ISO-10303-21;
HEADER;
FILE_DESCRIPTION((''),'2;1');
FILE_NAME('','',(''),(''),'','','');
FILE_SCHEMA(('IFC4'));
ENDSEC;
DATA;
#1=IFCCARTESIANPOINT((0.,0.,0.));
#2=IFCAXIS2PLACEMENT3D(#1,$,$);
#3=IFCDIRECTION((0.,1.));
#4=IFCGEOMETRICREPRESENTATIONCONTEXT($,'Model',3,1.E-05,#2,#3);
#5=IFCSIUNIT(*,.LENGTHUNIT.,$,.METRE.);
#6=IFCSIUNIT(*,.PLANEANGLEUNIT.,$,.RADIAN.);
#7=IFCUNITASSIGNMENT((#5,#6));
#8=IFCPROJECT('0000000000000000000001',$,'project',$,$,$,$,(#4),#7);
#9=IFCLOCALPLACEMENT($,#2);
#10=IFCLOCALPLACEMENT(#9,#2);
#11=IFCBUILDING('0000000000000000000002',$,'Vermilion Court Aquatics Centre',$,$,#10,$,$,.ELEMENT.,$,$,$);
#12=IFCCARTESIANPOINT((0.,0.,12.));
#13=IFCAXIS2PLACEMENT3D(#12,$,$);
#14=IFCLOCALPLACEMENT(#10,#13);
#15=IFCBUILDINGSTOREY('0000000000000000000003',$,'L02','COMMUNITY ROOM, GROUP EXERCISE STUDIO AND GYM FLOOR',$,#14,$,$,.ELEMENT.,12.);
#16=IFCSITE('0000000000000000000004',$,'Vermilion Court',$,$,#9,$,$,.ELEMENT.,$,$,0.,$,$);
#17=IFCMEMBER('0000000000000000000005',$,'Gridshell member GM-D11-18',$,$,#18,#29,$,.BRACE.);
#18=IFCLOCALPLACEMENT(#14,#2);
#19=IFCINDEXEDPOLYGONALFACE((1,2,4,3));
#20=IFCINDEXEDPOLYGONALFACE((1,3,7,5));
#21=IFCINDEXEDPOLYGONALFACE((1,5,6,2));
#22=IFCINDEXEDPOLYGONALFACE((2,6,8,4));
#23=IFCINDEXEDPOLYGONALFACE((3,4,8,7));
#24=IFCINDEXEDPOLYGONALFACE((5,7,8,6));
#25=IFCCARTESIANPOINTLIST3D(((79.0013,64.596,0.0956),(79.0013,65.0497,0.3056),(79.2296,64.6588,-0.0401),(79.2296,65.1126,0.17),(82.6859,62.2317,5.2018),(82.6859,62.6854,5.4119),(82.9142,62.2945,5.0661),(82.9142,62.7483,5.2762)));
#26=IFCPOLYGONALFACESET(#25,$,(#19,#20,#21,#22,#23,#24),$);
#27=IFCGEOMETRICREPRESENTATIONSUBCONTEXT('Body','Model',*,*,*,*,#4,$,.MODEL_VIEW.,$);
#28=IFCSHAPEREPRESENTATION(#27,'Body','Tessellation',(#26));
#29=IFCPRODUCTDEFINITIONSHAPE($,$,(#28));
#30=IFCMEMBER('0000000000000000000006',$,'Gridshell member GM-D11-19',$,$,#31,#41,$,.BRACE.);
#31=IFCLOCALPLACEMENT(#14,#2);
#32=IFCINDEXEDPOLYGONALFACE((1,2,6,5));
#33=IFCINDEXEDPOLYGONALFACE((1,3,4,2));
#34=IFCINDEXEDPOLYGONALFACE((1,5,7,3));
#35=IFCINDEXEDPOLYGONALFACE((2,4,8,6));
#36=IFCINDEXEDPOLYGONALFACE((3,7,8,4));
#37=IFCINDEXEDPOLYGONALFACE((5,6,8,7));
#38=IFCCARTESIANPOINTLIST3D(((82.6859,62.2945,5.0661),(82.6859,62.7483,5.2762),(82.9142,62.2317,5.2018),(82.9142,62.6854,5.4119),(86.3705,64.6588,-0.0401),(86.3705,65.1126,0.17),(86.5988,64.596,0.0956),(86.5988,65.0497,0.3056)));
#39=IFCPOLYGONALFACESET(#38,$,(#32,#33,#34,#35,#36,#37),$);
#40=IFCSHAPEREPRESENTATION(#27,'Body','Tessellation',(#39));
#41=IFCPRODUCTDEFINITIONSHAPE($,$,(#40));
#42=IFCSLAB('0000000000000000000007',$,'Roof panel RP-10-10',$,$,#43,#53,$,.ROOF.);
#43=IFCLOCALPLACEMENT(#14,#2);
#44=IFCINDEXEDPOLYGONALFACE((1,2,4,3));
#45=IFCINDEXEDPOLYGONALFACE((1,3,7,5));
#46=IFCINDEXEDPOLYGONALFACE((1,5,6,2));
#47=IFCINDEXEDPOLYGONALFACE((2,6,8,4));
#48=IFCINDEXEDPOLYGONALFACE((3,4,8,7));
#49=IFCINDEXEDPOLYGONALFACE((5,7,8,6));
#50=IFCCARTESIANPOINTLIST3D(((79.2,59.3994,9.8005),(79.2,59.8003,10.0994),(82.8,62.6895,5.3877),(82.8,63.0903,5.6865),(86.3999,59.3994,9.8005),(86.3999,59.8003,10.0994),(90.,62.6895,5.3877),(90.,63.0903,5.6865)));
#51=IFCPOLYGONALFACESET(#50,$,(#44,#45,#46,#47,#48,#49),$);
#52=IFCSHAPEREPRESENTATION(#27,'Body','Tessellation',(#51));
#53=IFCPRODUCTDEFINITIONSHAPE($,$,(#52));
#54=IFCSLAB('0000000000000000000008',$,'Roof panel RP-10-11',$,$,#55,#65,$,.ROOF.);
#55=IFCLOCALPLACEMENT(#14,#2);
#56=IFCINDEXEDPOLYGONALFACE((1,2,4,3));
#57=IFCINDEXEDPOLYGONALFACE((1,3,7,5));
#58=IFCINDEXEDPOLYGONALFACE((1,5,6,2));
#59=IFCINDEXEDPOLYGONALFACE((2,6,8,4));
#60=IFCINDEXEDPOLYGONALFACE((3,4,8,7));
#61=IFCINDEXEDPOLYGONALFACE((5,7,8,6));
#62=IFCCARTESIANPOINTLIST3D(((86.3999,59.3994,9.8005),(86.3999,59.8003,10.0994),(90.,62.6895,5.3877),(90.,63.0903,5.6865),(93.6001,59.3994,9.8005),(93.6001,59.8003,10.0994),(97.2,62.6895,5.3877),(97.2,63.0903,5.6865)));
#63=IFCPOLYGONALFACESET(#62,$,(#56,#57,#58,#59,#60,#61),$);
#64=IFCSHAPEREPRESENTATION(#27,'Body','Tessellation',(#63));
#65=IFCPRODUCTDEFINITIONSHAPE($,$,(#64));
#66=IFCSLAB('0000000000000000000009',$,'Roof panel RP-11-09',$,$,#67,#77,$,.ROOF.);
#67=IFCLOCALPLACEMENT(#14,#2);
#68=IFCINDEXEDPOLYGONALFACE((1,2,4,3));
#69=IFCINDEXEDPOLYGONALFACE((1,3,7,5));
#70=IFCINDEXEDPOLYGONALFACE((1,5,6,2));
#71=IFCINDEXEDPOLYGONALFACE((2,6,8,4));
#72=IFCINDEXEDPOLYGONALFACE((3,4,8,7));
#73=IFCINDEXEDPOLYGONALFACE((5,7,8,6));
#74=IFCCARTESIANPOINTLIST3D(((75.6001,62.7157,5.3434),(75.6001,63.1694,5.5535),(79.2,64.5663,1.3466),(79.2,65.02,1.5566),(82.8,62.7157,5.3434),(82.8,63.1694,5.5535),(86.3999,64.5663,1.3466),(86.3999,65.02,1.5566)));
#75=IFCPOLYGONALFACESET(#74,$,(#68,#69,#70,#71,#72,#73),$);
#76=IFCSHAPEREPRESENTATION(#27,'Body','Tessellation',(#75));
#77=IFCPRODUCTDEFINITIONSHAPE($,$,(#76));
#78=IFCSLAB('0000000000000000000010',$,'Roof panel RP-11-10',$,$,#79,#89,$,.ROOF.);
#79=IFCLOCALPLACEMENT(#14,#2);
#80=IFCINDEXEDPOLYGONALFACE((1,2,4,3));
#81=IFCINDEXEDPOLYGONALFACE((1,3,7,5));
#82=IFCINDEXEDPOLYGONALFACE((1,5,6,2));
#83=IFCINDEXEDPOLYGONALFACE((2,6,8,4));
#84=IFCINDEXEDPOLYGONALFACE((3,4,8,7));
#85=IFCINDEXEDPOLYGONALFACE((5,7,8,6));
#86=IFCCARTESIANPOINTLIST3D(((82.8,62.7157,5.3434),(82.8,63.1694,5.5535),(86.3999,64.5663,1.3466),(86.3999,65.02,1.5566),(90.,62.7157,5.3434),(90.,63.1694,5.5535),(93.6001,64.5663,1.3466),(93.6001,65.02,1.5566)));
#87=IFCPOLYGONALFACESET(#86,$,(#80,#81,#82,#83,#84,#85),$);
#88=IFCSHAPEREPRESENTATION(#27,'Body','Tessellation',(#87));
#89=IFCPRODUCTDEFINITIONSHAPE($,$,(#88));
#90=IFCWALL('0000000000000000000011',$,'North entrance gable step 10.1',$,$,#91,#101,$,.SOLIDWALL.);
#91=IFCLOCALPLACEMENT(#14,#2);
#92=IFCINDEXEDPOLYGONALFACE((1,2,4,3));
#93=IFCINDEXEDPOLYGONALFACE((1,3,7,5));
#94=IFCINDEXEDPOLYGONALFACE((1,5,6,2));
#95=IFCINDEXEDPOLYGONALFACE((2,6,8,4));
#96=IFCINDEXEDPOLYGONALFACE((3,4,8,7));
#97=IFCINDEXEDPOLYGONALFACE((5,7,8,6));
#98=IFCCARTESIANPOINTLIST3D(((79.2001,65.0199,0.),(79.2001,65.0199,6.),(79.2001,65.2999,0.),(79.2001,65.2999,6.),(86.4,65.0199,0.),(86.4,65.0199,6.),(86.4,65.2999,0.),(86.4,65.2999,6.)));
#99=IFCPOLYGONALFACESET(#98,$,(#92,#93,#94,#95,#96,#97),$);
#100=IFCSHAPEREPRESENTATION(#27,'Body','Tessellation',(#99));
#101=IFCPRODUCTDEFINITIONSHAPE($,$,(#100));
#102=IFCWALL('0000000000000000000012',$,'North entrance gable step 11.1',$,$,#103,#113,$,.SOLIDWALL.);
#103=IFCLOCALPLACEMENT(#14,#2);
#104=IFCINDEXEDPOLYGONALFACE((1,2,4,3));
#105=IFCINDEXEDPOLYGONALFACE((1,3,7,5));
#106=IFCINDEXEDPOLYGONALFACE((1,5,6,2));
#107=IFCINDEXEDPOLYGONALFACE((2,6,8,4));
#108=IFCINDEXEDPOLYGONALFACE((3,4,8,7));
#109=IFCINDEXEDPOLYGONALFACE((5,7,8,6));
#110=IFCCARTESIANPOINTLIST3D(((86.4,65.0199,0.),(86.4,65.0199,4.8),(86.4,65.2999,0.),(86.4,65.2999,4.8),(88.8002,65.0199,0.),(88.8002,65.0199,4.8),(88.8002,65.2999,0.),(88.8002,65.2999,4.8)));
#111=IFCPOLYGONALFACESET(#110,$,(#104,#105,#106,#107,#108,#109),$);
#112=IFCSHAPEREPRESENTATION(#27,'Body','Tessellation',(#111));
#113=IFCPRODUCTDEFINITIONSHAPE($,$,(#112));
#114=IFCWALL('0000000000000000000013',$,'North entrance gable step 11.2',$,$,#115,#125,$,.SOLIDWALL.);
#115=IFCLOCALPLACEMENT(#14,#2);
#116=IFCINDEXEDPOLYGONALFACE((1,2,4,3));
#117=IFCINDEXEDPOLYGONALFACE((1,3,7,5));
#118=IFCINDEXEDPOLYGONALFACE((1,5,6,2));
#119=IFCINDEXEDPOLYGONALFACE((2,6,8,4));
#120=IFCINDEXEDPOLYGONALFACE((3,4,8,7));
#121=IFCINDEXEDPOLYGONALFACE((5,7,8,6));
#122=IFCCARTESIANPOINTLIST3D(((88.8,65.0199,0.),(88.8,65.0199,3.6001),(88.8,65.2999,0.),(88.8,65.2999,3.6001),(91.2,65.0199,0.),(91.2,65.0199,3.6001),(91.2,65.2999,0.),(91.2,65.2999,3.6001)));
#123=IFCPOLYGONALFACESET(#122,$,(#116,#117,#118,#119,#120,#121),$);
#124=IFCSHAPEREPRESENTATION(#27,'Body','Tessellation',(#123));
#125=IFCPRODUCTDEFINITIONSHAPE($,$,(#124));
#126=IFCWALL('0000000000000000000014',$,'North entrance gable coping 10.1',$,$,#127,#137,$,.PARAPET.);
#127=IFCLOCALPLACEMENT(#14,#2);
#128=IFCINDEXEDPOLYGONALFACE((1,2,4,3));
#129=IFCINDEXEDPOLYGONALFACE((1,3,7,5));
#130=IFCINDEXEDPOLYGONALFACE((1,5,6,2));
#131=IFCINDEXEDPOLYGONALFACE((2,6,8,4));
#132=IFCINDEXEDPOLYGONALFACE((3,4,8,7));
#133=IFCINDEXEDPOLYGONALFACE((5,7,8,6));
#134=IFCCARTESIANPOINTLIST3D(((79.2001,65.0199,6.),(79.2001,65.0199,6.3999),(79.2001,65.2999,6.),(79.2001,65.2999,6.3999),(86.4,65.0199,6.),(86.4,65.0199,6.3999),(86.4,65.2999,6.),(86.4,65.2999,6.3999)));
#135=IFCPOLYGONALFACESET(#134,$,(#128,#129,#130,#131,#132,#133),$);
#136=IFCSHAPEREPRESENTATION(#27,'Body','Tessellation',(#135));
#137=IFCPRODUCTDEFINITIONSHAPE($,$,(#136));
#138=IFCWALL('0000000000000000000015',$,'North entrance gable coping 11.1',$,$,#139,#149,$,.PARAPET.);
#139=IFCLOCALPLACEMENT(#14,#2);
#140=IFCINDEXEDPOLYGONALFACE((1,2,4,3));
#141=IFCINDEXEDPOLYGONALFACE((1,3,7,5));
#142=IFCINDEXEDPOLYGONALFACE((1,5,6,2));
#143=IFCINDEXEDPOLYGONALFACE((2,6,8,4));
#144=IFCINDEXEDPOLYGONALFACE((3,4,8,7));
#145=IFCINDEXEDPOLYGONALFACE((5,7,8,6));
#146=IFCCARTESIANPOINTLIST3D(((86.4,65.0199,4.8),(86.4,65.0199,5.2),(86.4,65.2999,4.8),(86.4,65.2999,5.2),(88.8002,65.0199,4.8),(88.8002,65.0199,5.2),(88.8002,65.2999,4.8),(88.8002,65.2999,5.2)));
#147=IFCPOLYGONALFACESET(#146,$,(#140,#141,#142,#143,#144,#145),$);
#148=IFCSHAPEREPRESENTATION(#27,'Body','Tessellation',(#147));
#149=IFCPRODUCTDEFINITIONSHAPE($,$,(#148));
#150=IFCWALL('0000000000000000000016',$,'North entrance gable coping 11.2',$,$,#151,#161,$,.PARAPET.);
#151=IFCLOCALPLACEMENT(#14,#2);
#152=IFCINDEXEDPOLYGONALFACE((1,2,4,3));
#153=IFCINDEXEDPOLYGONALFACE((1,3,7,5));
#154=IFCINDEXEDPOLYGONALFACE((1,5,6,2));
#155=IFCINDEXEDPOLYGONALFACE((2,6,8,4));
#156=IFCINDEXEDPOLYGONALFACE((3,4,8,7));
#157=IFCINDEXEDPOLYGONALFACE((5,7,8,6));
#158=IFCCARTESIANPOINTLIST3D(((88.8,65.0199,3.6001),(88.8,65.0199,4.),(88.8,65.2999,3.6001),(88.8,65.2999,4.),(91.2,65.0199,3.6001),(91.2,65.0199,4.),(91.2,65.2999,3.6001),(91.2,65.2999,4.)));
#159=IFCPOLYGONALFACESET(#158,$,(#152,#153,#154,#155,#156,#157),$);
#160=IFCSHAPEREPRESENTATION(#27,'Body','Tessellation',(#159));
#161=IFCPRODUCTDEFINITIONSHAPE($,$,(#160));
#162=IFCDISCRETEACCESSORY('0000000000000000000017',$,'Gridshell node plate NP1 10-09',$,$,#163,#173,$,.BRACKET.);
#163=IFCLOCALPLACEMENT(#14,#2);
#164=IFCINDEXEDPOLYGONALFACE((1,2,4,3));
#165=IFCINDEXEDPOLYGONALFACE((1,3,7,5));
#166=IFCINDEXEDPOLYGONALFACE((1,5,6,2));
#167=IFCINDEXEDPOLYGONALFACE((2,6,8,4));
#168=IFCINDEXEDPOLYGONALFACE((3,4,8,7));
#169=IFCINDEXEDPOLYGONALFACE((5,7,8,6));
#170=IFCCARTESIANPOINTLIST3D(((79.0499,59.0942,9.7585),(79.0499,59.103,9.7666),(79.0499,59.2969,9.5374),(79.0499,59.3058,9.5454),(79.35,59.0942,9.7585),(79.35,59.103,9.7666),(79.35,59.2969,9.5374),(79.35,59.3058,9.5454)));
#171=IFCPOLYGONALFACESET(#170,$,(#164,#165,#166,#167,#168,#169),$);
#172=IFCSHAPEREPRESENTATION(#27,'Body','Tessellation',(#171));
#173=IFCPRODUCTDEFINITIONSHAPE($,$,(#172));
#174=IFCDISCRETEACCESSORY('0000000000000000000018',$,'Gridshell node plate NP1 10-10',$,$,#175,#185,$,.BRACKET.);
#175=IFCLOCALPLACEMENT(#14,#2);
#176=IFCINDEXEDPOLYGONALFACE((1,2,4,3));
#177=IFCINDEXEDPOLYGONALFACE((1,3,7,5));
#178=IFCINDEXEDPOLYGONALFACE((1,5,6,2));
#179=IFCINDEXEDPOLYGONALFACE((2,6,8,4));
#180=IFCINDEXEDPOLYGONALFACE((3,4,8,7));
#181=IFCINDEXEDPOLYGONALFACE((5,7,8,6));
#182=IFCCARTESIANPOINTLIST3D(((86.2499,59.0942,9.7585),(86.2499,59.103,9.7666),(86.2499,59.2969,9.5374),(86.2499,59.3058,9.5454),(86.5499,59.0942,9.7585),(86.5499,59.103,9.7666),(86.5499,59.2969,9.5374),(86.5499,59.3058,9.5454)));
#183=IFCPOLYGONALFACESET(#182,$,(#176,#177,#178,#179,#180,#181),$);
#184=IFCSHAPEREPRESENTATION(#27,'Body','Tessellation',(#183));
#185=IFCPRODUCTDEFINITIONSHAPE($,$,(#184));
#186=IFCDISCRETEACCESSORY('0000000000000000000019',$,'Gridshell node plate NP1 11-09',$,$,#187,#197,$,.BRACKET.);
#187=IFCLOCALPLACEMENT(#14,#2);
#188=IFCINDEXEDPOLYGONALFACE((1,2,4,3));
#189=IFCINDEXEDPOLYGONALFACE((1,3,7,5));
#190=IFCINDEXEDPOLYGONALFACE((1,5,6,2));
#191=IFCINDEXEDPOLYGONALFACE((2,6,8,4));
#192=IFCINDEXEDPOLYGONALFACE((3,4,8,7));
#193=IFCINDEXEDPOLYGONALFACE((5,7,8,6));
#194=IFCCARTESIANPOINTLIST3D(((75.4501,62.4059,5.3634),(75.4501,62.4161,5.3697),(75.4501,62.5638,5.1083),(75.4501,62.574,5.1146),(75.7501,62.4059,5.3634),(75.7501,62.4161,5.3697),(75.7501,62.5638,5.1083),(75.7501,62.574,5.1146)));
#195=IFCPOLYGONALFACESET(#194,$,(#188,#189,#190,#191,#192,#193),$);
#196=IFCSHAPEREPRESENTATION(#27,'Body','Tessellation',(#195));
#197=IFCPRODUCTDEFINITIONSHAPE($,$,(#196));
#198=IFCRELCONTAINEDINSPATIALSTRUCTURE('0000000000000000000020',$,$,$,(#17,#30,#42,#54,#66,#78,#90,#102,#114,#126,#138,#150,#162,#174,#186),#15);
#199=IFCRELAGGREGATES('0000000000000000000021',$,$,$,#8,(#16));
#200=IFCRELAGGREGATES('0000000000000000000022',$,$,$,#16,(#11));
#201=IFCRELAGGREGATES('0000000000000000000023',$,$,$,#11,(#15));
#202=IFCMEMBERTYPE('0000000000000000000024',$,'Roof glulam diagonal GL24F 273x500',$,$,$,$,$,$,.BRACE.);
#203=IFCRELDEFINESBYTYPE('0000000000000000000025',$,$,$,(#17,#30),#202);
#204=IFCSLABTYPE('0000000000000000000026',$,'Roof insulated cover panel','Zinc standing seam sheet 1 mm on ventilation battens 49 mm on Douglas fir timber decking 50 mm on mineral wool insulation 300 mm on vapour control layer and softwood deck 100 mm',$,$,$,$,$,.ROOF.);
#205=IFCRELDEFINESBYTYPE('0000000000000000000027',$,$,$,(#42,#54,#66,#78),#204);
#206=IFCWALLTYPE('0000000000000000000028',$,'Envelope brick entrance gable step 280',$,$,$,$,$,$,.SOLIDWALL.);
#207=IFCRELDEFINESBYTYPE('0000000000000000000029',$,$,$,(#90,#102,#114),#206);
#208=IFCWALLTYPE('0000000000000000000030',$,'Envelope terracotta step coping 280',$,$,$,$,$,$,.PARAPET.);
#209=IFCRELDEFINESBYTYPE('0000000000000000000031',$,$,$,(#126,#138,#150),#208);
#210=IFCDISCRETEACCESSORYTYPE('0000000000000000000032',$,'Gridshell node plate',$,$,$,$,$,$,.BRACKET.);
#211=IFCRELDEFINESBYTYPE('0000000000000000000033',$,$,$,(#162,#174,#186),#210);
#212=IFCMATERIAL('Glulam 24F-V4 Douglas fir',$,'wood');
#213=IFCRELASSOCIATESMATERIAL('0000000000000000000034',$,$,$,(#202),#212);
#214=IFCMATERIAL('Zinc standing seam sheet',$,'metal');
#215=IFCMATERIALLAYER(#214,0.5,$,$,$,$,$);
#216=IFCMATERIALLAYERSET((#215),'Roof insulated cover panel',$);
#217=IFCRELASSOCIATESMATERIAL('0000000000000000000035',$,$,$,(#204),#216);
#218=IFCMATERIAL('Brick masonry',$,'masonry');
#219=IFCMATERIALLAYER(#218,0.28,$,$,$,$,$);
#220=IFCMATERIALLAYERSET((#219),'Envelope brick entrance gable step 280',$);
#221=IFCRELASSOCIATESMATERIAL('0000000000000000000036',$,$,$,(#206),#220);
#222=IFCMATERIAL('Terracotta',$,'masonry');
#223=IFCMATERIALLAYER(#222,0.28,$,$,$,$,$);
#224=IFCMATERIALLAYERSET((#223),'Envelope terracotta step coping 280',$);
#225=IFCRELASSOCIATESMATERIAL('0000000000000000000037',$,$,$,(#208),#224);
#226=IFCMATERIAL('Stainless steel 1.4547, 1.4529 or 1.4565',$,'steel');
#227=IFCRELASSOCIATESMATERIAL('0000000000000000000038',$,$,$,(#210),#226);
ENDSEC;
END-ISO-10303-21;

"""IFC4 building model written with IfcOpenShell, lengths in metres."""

from ifc_helpers import new_model, si_unit, direction, frame, frame_2d, origin, origin_2d, place, context, subcontext, project, spatial, polyline, rectangle, outline, extrude, material, layer, layer_set, material_profile, profile_set, type_object, element, save


model = new_model("IFC4")

# Units and contexts
model_context = context("Model", 3, precision=1e-05, world=origin(), true_north=direction((0.0, 1.0)))
body_context = subcontext(model_context, "Body", "Model", "MODEL_VIEW")
ifc_project = project(units=[si_unit("LENGTHUNIT", "METRE"), si_unit("PLANEANGLEUNIT", "RADIAN")], contexts=[model_context])

# Site, building, storey
site_placement = place(None, origin())
site = spatial("IfcSite", under=ifc_project, at=site_placement, Name="Vermilion Court", CompositionType="ELEMENT", RefElevation=0.0)
building_placement = place(site_placement, origin())
building = spatial("IfcBuilding", under=site, at=building_placement, Name="Vermilion Court Aquatics Centre", CompositionType="ELEMENT")
storey_placement = place(building_placement, frame((0.0, 0.0, 12.0)))
storey = spatial("IfcBuildingStorey", under=building, at=storey_placement, Name="L02", Description="COMMUNITY ROOM, GROUP EXERCISE STUDIO AND GYM FLOOR", CompositionType="ELEMENT", Elevation=12.0)

# Members
ifc_material_1 = material(Name="Glulam 24F-V4 Douglas fir", Category="wood")
ifc_material_profile_1 = material_profile(ifc_material_1, rectangle(XDim=0.2729, YDim=0.5, at=origin_2d()), Name="GL24F 273x500")
ifc_profile_set_1 = profile_set([ifc_material_profile_1], Name="Glulam 24F-V4 Douglas fir")
member_type_1 = type_object("IfcMemberType", Name="Roof glulam diagonal GL24F 273x500", PredefinedType="BRACE", material=ifc_profile_set_1)
for number, where, z_axis, x_axis, name in (
    (1, (82.8, 62.49, 5.239), (-0.54781, 0.35151, -0.759174), (-0.836603, -0.230193, 0.497099), "Gridshell member GM-D11-18"),
    (2, (82.8, 62.49, 5.239), (0.54781, 0.35151, -0.759174), (-0.836603, 0.230193, -0.497099), "Gridshell member GM-D11-19"),
):
    element("IfcMember", number, at=place(storey_placement, frame(where, z_axis=z_axis, x_axis=x_axis)), inside=storey, type_object=member_type_1, Name=name, PredefinedType="BRACE", context=body_context, shape_type="SweptSolid", body=[
        extrude(rectangle(XDim=0.2729, YDim=0.5, at=origin_2d()), origin(), (0.0, 0.0, 1.0), 6.7261),
    ])

# Slabs
ifc_material_2 = material(Name="Zinc standing seam sheet", Category="metal")
ifc_layer_1 = layer(ifc_material_2, 0.5)
ifc_layer_set_1 = layer_set([ifc_layer_1], Name="Roof insulated cover panel")
slab_type = type_object("IfcSlabType", Name="Roof insulated cover panel", Description="Zinc standing seam sheet 1 mm on ventilation battens 49 mm on Douglas fir timber decking 50 mm on mineral wool insulation 300 mm on vapour control layer and softwood deck 100 mm", PredefinedType="ROOF", material=ifc_layer_set_1)
slab_1_placement = place(storey_placement, frame((79.2, 59.8003, 10.0994), z_axis=(0.0, 0.801705, 0.59772), x_axis=(1.0, 0.0, 0.0)))
element("IfcSlab", 3, at=slab_1_placement, inside=storey, type_object=slab_type, Name="Roof panel RP-10-10", PredefinedType="ROOF", context=body_context, shape_type="SweptSolid", body=[
    extrude(outline(polyline([(0.0, 0.0), (7.2, 0.0), (10.8, 5.5043), (3.6001, 5.5043), (0.0, 0.0)])), origin(), (0.0, 0.0, -1.0), 0.5),
])
slab_2_placement = place(storey_placement, frame((86.3999, 59.8003, 10.0994), z_axis=(0.0, 0.801705, 0.59772), x_axis=(1.0, 0.0, 0.0)))
element("IfcSlab", 4, at=slab_2_placement, inside=storey, type_object=slab_type, Name="Roof panel RP-10-11", PredefinedType="ROOF", context=body_context, shape_type="SweptSolid", body=[
    extrude(outline(polyline([(0.0, 0.0), (7.2002, 0.0), (10.8, 5.5043), (3.6001, 5.5043), (0.0, 0.0)])), origin(), (0.0, 0.0, -1.0), 0.5),
])
slab_3_placement = place(storey_placement, frame((75.6001, 63.1694, 5.5535), z_axis=(0.0, 0.907449, 0.420162), x_axis=(1.0, 0.0, 0.0)))
element("IfcSlab", 5, at=slab_3_placement, inside=storey, type_object=slab_type, Name="Roof panel RP-11-09", PredefinedType="ROOF", context=body_context, shape_type="SweptSolid", body=[
    extrude(outline(polyline([(0.0, 0.0), (7.2, 0.0), (10.7998, 4.4045), (3.5999, 4.4045), (0.0, 0.0)])), origin(), (0.0, 0.0, -1.0), 0.5),
])
slab_4_placement = place(storey_placement, frame((82.8, 63.1694, 5.5535), z_axis=(0.0, 0.907449, 0.420162), x_axis=(1.0, 0.0, 0.0)))
element("IfcSlab", 6, at=slab_4_placement, inside=storey, type_object=slab_type, Name="Roof panel RP-11-10", PredefinedType="ROOF", context=body_context, shape_type="SweptSolid", body=[
    extrude(outline(polyline([(0.0, 0.0), (7.2, 0.0), (10.8, 4.4045), (3.5999, 4.4045), (0.0, 0.0)])), origin(), (0.0, 0.0, -1.0), 0.5),
])

# Walls
ifc_material_3 = material(Name="Brick masonry", Category="masonry")
ifc_layer_2 = layer(ifc_material_3, 0.28)
ifc_layer_set_2 = layer_set([ifc_layer_2], Name="Envelope brick entrance gable step 280")
wall_type_1 = type_object("IfcWallType", Name="Envelope brick entrance gable step 280", PredefinedType="SOLIDWALL", material=ifc_layer_set_2)
wall_1_placement = place(storey_placement, frame((79.2, 65.1599, 0.0), z_axis=(0.0, 0.0, 1.0), x_axis=(1.0, 0.0, 0.0)))
element("IfcWall", 7, at=wall_1_placement, inside=storey, type_object=wall_type_1, Name="North entrance gable step 10.1", PredefinedType="SOLIDWALL", context=body_context, shape_type="SweptSolid", body=[
    extrude(rectangle(XDim=7.2, YDim=0.28, at=frame_2d((3.6001, 0.0))), origin(), (0.0, 0.0, 1.0), 6.0),
])
wall_2_placement = place(storey_placement, frame((86.3999, 65.1599, 0.0), z_axis=(0.0, 0.0, 1.0), x_axis=(1.0, 0.0, 0.0)))
element("IfcWall", 8, at=wall_2_placement, inside=storey, type_object=wall_type_1, Name="North entrance gable step 11.1", PredefinedType="SOLIDWALL", context=body_context, shape_type="SweptSolid", body=[
    extrude(rectangle(XDim=2.4001, YDim=0.28, at=frame_2d((1.2002, 0.0))), origin(), (0.0, 0.0, 1.0), 4.8),
])
wall_3_placement = place(storey_placement, frame((88.8, 65.1599, 0.0), z_axis=(0.0, 0.0, 1.0), x_axis=(1.0, 0.0, 0.0)))
element("IfcWall", 9, at=wall_3_placement, inside=storey, type_object=wall_type_1, Name="North entrance gable step 11.2", PredefinedType="SOLIDWALL", context=body_context, shape_type="SweptSolid", body=[
    extrude(rectangle(XDim=2.3999, YDim=0.28, at=frame_2d((1.2, 0.0))), origin(), (0.0, 0.0, 1.0), 3.6001),
])
ifc_material_4 = material(Name="Terracotta", Category="masonry")
ifc_layer_3 = layer(ifc_material_4, 0.28)
ifc_layer_set_3 = layer_set([ifc_layer_3], Name="Envelope terracotta step coping 280")
wall_type_2 = type_object("IfcWallType", Name="Envelope terracotta step coping 280", PredefinedType="PARAPET", material=ifc_layer_set_3)
wall_4_placement = place(storey_placement, frame((79.2, 65.1599, 6.0), z_axis=(0.0, 0.0, 1.0), x_axis=(1.0, 0.0, 0.0)))
element("IfcWall", 10, at=wall_4_placement, inside=storey, type_object=wall_type_2, Name="North entrance gable coping 10.1", PredefinedType="PARAPET", context=body_context, shape_type="SweptSolid", body=[
    extrude(rectangle(XDim=7.2, YDim=0.28, at=frame_2d((3.6001, 0.0))), origin(), (0.0, 0.0, 1.0), 0.3999),
])
wall_5_placement = place(storey_placement, frame((86.3999, 65.1599, 4.8), z_axis=(0.0, 0.0, 1.0), x_axis=(1.0, 0.0, 0.0)))
element("IfcWall", 11, at=wall_5_placement, inside=storey, type_object=wall_type_2, Name="North entrance gable coping 11.1", PredefinedType="PARAPET", context=body_context, shape_type="SweptSolid", body=[
    extrude(rectangle(XDim=2.4001, YDim=0.28, at=frame_2d((1.2002, 0.0))), origin(), (0.0, 0.0, 1.0), 0.3999),
])
wall_6_placement = place(storey_placement, frame((88.8, 65.1599, 3.6001), z_axis=(0.0, 0.0, 1.0), x_axis=(1.0, 0.0, 0.0)))
element("IfcWall", 12, at=wall_6_placement, inside=storey, type_object=wall_type_2, Name="North entrance gable coping 11.2", PredefinedType="PARAPET", context=body_context, shape_type="SweptSolid", body=[
    extrude(rectangle(XDim=2.3999, YDim=0.28, at=frame_2d((1.2, 0.0))), origin(), (0.0, 0.0, 1.0), 0.3999),
])

# Discrete accessories
ifc_material_5 = material(Name="Stainless steel 1.4547, 1.4529 or 1.4565", Category="steel")
ifc_material_profile_2 = material_profile(ifc_material_5, rectangle(XDim=0.3, YDim=0.3, at=origin_2d()), Name="PL 12 x 300 x 300")
ifc_profile_set_2 = profile_set([ifc_material_profile_2], Name="Stainless steel 1.4547, 1.4529 or 1.4565")
discrete_accessory_type_1 = type_object("IfcDiscreteAccessoryType", Name="Gridshell node plate", PredefinedType="BRACKET", material=ifc_profile_set_2)
for number, where, z_axis, x_axis, name in (
    (13, (79.2, 59.1956, 9.6479), (0.0, 0.737154, 0.675725), (-1.0, 0.0, 0.0), "Gridshell node plate NP1 10-09"),
    (14, (86.3999, 59.1956, 9.6479), (0.0, 0.737154, 0.675725), (-1.0, 0.0, 0.0), "Gridshell node plate NP1 10-10"),
    (15, (75.6001, 62.4849, 5.2358), (0.0, 0.850265, 0.526355), (-1.0, 0.0, 0.0), "Gridshell node plate NP1 11-09"),
):
    element("IfcDiscreteAccessory", number, at=place(storey_placement, frame(where, z_axis=z_axis, x_axis=x_axis)), inside=storey, type_object=discrete_accessory_type_1, Name=name, PredefinedType="BRACKET", context=body_context, shape_type="SweptSolid", body=[
        extrude(rectangle(XDim=0.3, YDim=0.3, at=origin_2d()), origin(), (0.0, 0.0, 1.0), 0.012),
    ])

save(model, "model.ifc")
